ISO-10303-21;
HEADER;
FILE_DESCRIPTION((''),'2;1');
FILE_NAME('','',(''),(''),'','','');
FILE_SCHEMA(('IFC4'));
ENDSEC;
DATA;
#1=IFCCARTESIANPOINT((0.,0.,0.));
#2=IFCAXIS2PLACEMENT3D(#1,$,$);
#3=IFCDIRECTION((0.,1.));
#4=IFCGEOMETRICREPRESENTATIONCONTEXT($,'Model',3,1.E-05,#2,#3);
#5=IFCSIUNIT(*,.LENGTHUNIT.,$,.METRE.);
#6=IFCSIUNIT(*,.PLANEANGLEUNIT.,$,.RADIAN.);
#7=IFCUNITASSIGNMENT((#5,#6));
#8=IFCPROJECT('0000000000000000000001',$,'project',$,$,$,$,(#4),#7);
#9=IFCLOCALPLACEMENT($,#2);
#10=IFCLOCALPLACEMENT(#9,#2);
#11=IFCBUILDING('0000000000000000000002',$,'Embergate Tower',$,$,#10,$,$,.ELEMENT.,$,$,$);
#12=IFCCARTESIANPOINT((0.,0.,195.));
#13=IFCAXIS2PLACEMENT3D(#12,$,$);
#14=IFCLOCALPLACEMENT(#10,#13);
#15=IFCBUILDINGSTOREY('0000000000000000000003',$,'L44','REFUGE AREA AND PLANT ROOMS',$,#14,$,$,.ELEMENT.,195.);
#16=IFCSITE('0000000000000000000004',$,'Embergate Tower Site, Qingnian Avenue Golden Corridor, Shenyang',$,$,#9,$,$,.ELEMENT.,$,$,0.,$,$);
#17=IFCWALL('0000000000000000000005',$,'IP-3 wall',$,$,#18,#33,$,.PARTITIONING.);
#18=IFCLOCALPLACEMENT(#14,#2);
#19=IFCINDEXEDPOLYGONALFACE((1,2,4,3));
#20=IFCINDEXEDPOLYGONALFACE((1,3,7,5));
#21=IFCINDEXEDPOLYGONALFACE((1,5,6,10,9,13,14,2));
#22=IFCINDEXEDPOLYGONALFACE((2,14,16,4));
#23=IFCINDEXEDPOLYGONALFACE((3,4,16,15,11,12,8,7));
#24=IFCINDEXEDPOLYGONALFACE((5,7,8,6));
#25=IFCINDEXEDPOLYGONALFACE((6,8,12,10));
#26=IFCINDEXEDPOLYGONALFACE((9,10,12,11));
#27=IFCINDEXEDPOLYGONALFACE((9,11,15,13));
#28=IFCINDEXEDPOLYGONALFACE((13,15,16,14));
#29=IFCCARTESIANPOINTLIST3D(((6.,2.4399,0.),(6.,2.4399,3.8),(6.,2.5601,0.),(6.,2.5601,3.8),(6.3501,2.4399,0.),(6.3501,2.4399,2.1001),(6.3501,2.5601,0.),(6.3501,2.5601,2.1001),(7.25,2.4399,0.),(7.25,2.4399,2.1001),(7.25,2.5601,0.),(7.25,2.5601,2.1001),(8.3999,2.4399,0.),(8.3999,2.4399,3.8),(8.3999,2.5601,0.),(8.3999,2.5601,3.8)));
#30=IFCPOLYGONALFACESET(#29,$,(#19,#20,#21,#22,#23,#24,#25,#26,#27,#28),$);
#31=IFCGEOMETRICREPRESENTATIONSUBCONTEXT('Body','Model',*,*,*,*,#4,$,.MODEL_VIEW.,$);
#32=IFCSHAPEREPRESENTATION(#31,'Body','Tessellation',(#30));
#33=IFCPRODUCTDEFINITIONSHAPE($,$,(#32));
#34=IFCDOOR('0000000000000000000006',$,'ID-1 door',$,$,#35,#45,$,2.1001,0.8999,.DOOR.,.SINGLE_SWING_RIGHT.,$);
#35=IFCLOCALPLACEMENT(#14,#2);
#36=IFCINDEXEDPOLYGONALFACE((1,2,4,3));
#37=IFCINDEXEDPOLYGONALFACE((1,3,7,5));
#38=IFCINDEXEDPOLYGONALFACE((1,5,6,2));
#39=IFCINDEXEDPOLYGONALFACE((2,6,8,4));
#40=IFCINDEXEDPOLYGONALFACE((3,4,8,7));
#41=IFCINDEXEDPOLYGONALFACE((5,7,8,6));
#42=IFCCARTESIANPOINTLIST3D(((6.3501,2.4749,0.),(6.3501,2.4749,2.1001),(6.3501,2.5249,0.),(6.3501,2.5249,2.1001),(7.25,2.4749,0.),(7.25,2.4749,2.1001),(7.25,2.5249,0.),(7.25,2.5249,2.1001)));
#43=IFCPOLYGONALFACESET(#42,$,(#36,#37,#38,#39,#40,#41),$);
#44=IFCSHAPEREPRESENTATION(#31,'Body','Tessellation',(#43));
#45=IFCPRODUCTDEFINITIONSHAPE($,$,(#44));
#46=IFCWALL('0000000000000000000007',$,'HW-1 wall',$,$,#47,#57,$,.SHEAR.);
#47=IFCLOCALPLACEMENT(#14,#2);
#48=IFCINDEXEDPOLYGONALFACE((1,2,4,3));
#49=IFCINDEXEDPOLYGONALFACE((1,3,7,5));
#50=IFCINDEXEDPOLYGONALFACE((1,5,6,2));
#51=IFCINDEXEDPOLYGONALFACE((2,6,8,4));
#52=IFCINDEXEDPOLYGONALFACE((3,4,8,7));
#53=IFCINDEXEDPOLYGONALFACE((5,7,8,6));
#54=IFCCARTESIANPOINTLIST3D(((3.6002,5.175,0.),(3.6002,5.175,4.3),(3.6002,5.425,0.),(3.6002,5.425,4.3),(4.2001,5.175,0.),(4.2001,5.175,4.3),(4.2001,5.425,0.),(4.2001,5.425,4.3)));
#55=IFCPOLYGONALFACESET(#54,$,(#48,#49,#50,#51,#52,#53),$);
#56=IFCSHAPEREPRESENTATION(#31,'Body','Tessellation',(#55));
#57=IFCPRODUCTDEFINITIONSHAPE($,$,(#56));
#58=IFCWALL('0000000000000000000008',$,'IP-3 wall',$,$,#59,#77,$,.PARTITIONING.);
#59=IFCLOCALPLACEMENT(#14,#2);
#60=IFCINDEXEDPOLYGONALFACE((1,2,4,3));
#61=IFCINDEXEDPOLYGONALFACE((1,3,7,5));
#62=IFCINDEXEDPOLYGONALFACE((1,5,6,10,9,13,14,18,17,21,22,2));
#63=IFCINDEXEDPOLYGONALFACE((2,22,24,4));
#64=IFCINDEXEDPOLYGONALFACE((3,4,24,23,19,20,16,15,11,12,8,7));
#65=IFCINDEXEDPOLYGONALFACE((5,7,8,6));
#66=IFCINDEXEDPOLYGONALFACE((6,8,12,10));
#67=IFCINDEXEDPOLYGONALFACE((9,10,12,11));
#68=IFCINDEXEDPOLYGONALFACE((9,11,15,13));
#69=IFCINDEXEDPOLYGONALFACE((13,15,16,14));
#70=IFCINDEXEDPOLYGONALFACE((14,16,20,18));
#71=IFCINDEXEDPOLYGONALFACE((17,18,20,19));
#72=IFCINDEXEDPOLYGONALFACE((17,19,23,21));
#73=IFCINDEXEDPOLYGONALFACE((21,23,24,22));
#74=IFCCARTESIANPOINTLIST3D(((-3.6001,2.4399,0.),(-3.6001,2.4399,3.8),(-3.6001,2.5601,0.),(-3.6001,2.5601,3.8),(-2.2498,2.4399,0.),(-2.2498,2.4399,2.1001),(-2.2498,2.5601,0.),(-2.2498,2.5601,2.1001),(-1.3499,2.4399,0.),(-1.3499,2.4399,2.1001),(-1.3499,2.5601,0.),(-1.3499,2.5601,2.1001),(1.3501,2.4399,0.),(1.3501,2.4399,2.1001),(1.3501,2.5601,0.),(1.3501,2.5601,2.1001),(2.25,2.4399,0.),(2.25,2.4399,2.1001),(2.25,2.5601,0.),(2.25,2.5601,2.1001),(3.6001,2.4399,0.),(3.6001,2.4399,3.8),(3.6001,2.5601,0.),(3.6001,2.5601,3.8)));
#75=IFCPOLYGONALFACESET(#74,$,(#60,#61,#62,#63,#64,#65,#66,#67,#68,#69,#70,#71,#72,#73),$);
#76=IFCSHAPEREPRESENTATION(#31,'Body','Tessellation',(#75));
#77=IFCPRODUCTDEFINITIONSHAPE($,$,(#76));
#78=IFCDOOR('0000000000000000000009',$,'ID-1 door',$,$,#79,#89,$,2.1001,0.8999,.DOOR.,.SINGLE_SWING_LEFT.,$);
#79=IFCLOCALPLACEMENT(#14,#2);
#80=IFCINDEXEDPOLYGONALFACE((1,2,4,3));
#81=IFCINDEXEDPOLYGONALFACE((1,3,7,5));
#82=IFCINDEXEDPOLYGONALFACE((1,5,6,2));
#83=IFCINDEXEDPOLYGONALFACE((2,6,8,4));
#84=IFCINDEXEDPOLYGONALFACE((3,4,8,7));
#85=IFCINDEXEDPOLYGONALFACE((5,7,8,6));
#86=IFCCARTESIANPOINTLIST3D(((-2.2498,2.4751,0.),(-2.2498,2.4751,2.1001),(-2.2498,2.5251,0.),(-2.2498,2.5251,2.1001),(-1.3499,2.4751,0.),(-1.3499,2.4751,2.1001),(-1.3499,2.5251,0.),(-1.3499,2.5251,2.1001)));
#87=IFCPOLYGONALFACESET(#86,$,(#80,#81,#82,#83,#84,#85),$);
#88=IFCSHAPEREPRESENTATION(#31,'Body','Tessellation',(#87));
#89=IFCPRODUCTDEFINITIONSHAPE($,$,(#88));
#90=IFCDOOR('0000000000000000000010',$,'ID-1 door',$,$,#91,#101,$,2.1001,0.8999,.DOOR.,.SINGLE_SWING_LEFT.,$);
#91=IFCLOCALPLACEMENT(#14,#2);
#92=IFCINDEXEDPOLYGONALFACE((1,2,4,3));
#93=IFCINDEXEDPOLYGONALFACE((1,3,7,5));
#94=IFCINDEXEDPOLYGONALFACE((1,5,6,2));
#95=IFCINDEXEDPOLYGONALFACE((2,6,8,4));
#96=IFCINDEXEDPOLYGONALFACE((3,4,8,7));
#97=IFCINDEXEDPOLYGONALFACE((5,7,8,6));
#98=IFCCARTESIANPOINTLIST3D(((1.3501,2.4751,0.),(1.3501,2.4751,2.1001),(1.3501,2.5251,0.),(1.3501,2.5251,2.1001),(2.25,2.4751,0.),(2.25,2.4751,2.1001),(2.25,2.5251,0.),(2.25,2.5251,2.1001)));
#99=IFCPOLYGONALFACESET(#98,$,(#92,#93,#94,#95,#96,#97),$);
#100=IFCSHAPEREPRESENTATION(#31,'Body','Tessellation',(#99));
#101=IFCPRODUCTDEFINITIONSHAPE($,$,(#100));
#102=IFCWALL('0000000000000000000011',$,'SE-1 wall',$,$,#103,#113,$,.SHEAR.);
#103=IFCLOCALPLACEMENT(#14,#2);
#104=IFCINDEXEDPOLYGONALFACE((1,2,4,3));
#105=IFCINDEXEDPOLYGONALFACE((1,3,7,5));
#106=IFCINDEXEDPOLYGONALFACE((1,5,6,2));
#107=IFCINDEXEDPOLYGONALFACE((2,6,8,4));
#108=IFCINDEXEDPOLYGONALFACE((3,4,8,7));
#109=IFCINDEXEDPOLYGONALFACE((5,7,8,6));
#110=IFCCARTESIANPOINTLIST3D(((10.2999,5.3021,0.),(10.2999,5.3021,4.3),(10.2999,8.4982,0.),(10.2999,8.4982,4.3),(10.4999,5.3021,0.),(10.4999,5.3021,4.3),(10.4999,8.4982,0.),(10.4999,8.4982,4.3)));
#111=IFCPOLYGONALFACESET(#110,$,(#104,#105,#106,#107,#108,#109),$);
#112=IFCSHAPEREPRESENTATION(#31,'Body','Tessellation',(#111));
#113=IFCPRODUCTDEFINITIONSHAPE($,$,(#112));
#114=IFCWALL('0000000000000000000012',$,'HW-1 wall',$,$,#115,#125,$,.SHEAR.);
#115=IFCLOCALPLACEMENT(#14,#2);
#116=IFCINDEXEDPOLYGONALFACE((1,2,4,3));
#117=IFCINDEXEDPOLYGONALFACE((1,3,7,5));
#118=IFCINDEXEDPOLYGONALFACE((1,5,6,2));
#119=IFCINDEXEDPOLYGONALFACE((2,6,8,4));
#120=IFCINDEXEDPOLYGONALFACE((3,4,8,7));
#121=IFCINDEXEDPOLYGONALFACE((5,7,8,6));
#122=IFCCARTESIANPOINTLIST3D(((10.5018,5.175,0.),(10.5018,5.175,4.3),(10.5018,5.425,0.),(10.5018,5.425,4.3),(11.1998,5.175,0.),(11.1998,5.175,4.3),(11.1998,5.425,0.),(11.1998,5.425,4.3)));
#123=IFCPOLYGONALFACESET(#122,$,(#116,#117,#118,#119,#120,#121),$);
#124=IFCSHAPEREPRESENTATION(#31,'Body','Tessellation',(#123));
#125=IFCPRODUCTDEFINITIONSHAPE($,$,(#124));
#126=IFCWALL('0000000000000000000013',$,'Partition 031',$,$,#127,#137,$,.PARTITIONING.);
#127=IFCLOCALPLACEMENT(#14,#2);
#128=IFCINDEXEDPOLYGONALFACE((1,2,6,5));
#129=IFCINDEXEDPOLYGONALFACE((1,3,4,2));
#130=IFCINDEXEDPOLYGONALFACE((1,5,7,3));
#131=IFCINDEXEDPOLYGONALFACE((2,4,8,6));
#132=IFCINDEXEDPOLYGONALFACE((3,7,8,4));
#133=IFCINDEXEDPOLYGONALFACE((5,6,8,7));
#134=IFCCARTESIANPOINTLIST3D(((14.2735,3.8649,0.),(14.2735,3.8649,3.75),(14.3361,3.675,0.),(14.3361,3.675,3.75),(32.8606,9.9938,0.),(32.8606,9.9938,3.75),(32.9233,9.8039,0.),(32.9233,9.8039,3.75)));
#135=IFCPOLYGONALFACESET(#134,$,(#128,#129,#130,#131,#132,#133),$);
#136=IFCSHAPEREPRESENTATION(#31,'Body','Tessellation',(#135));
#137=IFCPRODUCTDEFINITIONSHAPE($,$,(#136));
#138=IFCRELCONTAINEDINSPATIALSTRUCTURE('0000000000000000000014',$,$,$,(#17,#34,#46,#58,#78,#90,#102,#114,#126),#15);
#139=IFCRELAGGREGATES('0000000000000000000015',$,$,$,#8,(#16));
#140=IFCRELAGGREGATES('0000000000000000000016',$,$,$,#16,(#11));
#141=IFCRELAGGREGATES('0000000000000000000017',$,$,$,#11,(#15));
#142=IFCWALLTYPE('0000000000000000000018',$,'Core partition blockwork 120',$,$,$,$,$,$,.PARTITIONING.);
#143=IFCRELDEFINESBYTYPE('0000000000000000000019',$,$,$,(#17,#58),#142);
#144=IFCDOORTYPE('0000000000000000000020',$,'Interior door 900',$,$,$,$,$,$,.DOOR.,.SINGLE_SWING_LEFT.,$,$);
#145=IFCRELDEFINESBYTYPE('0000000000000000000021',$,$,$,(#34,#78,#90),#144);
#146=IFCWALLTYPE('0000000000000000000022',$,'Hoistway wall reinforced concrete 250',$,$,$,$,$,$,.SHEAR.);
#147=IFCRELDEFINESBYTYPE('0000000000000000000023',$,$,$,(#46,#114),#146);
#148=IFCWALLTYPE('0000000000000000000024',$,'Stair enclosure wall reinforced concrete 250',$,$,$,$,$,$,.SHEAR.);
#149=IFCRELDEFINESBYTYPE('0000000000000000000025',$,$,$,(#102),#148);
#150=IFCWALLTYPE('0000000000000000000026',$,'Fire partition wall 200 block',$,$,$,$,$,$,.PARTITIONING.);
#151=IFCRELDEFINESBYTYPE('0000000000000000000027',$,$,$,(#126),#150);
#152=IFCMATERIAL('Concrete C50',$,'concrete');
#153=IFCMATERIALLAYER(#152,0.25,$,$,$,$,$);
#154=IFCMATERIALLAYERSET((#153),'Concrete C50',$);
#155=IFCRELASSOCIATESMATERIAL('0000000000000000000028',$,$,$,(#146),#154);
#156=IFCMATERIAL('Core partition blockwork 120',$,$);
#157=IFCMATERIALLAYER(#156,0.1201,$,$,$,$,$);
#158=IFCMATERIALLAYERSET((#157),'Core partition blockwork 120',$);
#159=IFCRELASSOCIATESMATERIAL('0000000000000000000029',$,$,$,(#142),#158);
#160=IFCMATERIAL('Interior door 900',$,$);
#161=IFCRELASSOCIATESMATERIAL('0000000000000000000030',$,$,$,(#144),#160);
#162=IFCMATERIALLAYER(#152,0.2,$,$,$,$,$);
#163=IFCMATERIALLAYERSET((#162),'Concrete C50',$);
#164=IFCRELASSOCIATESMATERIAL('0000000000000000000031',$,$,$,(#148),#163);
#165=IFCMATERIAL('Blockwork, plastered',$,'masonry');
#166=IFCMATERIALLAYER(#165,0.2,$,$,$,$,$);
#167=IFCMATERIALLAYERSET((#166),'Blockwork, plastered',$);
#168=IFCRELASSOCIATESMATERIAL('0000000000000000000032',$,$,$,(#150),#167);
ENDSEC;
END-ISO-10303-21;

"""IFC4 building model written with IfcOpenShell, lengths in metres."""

from ifc_helpers import new_model, si_unit, direction, frame, frame_2d, origin, place, context, subcontext, project, spatial, rectangle, extrude, source, transform, mapped, material, layer, layer_set, type_object, element, fill, save


model = new_model("IFC4")

# Units and contexts
model_context = context("Model", 3, precision=1e-05, world=origin(), true_north=direction((0.0, 1.0)))
body_context = subcontext(model_context, "Body", "Model", "MODEL_VIEW")
ifc_project = project(units=[si_unit("LENGTHUNIT", "METRE"), si_unit("PLANEANGLEUNIT", "RADIAN")], contexts=[model_context])

# Site, building, storey
site_placement = place(None, origin())
site = spatial("IfcSite", under=ifc_project, at=site_placement, Name="Embergate Tower Site, Qingnian Avenue Golden Corridor, Shenyang", CompositionType="ELEMENT", RefElevation=0.0)
building_placement = place(site_placement, origin())
building = spatial("IfcBuilding", under=site, at=building_placement, Name="Embergate Tower", CompositionType="ELEMENT")
storey_placement = place(building_placement, frame((0.0, 0.0, 195.0)))
storey = spatial("IfcBuildingStorey", under=building, at=storey_placement, Name="L44", Description="REFUGE AREA AND PLANT ROOMS", CompositionType="ELEMENT", Elevation=195.0)

# Shared definitions
ifc_material_1 = material(Name="Concrete C50", Category="concrete")
ifc_layer_1 = layer(ifc_material_1, 0.25)
ifc_layer_set_1 = layer_set([ifc_layer_1], Name="Concrete C50")
wall_type_1 = type_object("IfcWallType", Name="Hoistway wall reinforced concrete 250", PredefinedType="SHEAR", material=ifc_layer_set_1)

# Shared definitions
ifc_material_2 = material(Name="Core partition blockwork 120")
ifc_layer_2 = layer(ifc_material_2, 0.1201)
ifc_layer_set_2 = layer_set([ifc_layer_2], Name="Core partition blockwork 120")
wall_type_2 = type_object("IfcWallType", Name="Core partition blockwork 120", PredefinedType="PARTITIONING", material=ifc_layer_set_2)

# Wall, opening, door
shared_shape_1 = source(origin(), body_context, "Body", "SweptSolid", [
    extrude(rectangle(XDim=2.3999, YDim=0.1201, at=frame_2d((1.2, 0.0))), origin(), (0.0, 0.0, 1.0), 3.8),
])
wall_1_placement = place(storey_placement, frame((6.0, 2.5, 0.0), z_axis=(0.0, 0.0, 1.0), x_axis=(1.0, 0.0, 0.0)))
wall_1 = element("IfcWall", 1, at=wall_1_placement, inside=storey, type_object=wall_type_2, Name="IP-3 wall", PredefinedType="PARTITIONING", context=body_context, shape_type="MappedRepresentation", body=[
    mapped(shared_shape_1, transform((0.0, 0.0, 0.0))),
])
shared_shape_2 = source(origin(), body_context, "Body", "SweptSolid", [
    extrude(rectangle(XDim=0.8999, YDim=2.1001, at=frame_2d((0.45, 1.05))), frame((0.0, 0.0701, 0.0), z_axis=(0.0, -1.0, 0.0), x_axis=(1.0, 0.0, 0.0)), (0.0, 0.0, 1.0), 0.1401),
])
opening_1_placement = place(wall_1_placement, frame((0.3501, 0.0, 0.0)))
opening_1 = element("IfcOpeningElement", 2, at=opening_1_placement, cuts=wall_1, PredefinedType="OPENING", context=body_context, shape_type="MappedRepresentation", body=[
    mapped(shared_shape_2, transform((0.0, 0.0, 0.0))),
])
ifc_material_3 = material(Name="Interior door 900")
door_type_1 = type_object("IfcDoorType", Name="Interior door 900", OperationType="SINGLE_SWING_LEFT", PredefinedType="DOOR", material=ifc_material_3)
shared_shape_3 = source(origin(), body_context, "Body", "SweptSolid", [
    extrude(rectangle(XDim=0.8999, YDim=2.1001, at=frame_2d((0.45, 1.05))), frame((0.0, 0.0249, 0.0), z_axis=(0.0, -1.0, 0.0), x_axis=(1.0, 0.0, 0.0)), (0.0, 0.0, 1.0), 0.05),
])
door_1_placement = place(opening_1_placement, origin())
door_1 = element("IfcDoor", 3, at=door_1_placement, inside=storey, type_object=door_type_1, Name="ID-1 door", OperationType="SINGLE_SWING_RIGHT", OverallHeight=2.1001, OverallWidth=0.8999, PredefinedType="DOOR", context=body_context, shape_type="MappedRepresentation", body=[
    mapped(shared_shape_3, transform((0.0, 0.0, 0.0))),
])
fill(opening_1, door_1)

# Wall
shared_shape_4 = source(origin(), body_context, "Body", "SweptSolid", [
    extrude(rectangle(XDim=0.5999, YDim=0.25, at=frame_2d((0.2998, 0.0))), origin(), (0.0, 0.0, 1.0), 4.3),
])
wall_2_placement = place(storey_placement, frame((4.2, 5.3, 0.0), z_axis=(0.0, 0.0, 1.0), x_axis=(-1.0, 0.0, 0.0)))
element("IfcWall", 4, at=wall_2_placement, inside=storey, type_object=wall_type_1, Name="HW-1 wall", PredefinedType="SHEAR", context=body_context, shape_type="MappedRepresentation", body=[
    mapped(shared_shape_4, transform((0.0, 0.0, 0.0))),
])

# Wall, openings, doors
shared_shape_5 = source(origin(), body_context, "Body", "SweptSolid", [
    extrude(rectangle(XDim=7.2002, YDim=0.1201, at=frame_2d((3.6001, 0.0))), origin(), (0.0, 0.0, 1.0), 3.8),
])
wall_3_placement = place(storey_placement, frame((3.6001, 2.5, 0.0), z_axis=(0.0, 0.0, 1.0), x_axis=(-1.0, 0.0, 0.0)))
wall_3 = element("IfcWall", 5, at=wall_3_placement, inside=storey, type_object=wall_type_2, Name="IP-3 wall", PredefinedType="PARTITIONING", context=body_context, shape_type="MappedRepresentation", body=[
    mapped(shared_shape_5, transform((0.0, 0.0, 0.0))),
])
opening_2_placement = place(wall_3_placement, frame((4.95, 0.0, 0.0)))
opening_2 = element("IfcOpeningElement", 6, at=opening_2_placement, cuts=wall_3, PredefinedType="OPENING", context=body_context, shape_type="MappedRepresentation", body=[
    mapped(shared_shape_2, transform((0.0, 0.0, 0.0))),
])
opening_3_placement = place(wall_3_placement, frame((1.3501, 0.0, 0.0)))
opening_3 = element("IfcOpeningElement", 7, at=opening_3_placement, cuts=wall_3, PredefinedType="OPENING", context=body_context, shape_type="MappedRepresentation", body=[
    mapped(shared_shape_2, transform((0.0, 0.0, 0.0))),
])
door_2_placement = place(opening_2_placement, origin())
door_2 = element("IfcDoor", 8, at=door_2_placement, inside=storey, type_object=door_type_1, Name="ID-1 door", OperationType="SINGLE_SWING_LEFT", OverallHeight=2.1001, OverallWidth=0.8999, PredefinedType="DOOR", context=body_context, shape_type="MappedRepresentation", body=[
    mapped(shared_shape_3, transform((0.0, 0.0, 0.0))),
])
fill(opening_2, door_2)
door_3_placement = place(opening_3_placement, origin())
door_3 = element("IfcDoor", 9, at=door_3_placement, inside=storey, type_object=door_type_1, Name="ID-1 door", OperationType="SINGLE_SWING_LEFT", OverallHeight=2.1001, OverallWidth=0.8999, PredefinedType="DOOR", context=body_context, shape_type="MappedRepresentation", body=[
    mapped(shared_shape_3, transform((0.0, 0.0, 0.0))),
])
fill(opening_3, door_3)

# Walls
ifc_layer_3 = layer(ifc_material_1, 0.2)
ifc_layer_set_3 = layer_set([ifc_layer_3], Name="Concrete C50")
wall_type_3 = type_object("IfcWallType", Name="Stair enclosure wall reinforced concrete 250", PredefinedType="SHEAR", material=ifc_layer_set_3)
shared_shape_6 = source(origin(), body_context, "Body", "SweptSolid", [
    extrude(rectangle(XDim=3.196, YDim=0.2, at=frame_2d((1.5981, 0.0))), origin(), (0.0, 0.0, 1.0), 4.3),
])
wall_4_placement = place(storey_placement, frame((10.3999, 5.302, 0.0), z_axis=(0.0, 0.0, 1.0), x_axis=(0.0, 1.0, 0.0)))
element("IfcWall", 10, at=wall_4_placement, inside=storey, type_object=wall_type_3, Name="SE-1 wall", PredefinedType="SHEAR", context=body_context, shape_type="MappedRepresentation", body=[
    mapped(shared_shape_6, transform((0.0, 0.0, 0.0))),
])
shared_shape_7 = source(origin(), body_context, "Body", "SweptSolid", [
    extrude(rectangle(XDim=0.698, YDim=0.25, at=frame_2d((0.3491, 0.0))), origin(), (0.0, 0.0, 1.0), 4.3),
])
wall_5_placement = place(storey_placement, frame((11.2, 5.3, 0.0), z_axis=(0.0, 0.0, 1.0), x_axis=(-1.0, 0.0, 0.0)))
element("IfcWall", 11, at=wall_5_placement, inside=storey, type_object=wall_type_1, Name="HW-1 wall", PredefinedType="SHEAR", context=body_context, shape_type="MappedRepresentation", body=[
    mapped(shared_shape_7, transform((0.0, 0.0, 0.0))),
])

# Shared definitions
ifc_material_4 = material(Name="Blockwork, plastered", Category="masonry")
ifc_layer_4 = layer(ifc_material_4, 0.2)
ifc_layer_set_4 = layer_set([ifc_layer_4], Name="Blockwork, plastered")
wall_type_4 = type_object("IfcWallType", Name="Fire partition wall 200 block", PredefinedType="PARTITIONING", material=ifc_layer_set_4)

# Wall
shared_shape_8 = source(origin(), body_context, "Body", "SweptSolid", [
    extrude(rectangle(XDim=19.5715, YDim=0.2, at=frame_2d((9.7856, 0.0))), origin(), (0.0, 0.0, 1.0), 3.75),
])
wall_6_placement = place(storey_placement, frame((14.3049, 3.77, 0.0), z_axis=(0.0, 0.0, 1.0), x_axis=(0.949702, 0.313154, 0.0)))
element("IfcWall", 12, at=wall_6_placement, inside=storey, type_object=wall_type_4, Name="Partition 031", PredefinedType="PARTITIONING", context=body_context, shape_type="MappedRepresentation", body=[
    mapped(shared_shape_8, transform((0.0, 0.0, 0.0))),
])

save(model, "model.ifc")
